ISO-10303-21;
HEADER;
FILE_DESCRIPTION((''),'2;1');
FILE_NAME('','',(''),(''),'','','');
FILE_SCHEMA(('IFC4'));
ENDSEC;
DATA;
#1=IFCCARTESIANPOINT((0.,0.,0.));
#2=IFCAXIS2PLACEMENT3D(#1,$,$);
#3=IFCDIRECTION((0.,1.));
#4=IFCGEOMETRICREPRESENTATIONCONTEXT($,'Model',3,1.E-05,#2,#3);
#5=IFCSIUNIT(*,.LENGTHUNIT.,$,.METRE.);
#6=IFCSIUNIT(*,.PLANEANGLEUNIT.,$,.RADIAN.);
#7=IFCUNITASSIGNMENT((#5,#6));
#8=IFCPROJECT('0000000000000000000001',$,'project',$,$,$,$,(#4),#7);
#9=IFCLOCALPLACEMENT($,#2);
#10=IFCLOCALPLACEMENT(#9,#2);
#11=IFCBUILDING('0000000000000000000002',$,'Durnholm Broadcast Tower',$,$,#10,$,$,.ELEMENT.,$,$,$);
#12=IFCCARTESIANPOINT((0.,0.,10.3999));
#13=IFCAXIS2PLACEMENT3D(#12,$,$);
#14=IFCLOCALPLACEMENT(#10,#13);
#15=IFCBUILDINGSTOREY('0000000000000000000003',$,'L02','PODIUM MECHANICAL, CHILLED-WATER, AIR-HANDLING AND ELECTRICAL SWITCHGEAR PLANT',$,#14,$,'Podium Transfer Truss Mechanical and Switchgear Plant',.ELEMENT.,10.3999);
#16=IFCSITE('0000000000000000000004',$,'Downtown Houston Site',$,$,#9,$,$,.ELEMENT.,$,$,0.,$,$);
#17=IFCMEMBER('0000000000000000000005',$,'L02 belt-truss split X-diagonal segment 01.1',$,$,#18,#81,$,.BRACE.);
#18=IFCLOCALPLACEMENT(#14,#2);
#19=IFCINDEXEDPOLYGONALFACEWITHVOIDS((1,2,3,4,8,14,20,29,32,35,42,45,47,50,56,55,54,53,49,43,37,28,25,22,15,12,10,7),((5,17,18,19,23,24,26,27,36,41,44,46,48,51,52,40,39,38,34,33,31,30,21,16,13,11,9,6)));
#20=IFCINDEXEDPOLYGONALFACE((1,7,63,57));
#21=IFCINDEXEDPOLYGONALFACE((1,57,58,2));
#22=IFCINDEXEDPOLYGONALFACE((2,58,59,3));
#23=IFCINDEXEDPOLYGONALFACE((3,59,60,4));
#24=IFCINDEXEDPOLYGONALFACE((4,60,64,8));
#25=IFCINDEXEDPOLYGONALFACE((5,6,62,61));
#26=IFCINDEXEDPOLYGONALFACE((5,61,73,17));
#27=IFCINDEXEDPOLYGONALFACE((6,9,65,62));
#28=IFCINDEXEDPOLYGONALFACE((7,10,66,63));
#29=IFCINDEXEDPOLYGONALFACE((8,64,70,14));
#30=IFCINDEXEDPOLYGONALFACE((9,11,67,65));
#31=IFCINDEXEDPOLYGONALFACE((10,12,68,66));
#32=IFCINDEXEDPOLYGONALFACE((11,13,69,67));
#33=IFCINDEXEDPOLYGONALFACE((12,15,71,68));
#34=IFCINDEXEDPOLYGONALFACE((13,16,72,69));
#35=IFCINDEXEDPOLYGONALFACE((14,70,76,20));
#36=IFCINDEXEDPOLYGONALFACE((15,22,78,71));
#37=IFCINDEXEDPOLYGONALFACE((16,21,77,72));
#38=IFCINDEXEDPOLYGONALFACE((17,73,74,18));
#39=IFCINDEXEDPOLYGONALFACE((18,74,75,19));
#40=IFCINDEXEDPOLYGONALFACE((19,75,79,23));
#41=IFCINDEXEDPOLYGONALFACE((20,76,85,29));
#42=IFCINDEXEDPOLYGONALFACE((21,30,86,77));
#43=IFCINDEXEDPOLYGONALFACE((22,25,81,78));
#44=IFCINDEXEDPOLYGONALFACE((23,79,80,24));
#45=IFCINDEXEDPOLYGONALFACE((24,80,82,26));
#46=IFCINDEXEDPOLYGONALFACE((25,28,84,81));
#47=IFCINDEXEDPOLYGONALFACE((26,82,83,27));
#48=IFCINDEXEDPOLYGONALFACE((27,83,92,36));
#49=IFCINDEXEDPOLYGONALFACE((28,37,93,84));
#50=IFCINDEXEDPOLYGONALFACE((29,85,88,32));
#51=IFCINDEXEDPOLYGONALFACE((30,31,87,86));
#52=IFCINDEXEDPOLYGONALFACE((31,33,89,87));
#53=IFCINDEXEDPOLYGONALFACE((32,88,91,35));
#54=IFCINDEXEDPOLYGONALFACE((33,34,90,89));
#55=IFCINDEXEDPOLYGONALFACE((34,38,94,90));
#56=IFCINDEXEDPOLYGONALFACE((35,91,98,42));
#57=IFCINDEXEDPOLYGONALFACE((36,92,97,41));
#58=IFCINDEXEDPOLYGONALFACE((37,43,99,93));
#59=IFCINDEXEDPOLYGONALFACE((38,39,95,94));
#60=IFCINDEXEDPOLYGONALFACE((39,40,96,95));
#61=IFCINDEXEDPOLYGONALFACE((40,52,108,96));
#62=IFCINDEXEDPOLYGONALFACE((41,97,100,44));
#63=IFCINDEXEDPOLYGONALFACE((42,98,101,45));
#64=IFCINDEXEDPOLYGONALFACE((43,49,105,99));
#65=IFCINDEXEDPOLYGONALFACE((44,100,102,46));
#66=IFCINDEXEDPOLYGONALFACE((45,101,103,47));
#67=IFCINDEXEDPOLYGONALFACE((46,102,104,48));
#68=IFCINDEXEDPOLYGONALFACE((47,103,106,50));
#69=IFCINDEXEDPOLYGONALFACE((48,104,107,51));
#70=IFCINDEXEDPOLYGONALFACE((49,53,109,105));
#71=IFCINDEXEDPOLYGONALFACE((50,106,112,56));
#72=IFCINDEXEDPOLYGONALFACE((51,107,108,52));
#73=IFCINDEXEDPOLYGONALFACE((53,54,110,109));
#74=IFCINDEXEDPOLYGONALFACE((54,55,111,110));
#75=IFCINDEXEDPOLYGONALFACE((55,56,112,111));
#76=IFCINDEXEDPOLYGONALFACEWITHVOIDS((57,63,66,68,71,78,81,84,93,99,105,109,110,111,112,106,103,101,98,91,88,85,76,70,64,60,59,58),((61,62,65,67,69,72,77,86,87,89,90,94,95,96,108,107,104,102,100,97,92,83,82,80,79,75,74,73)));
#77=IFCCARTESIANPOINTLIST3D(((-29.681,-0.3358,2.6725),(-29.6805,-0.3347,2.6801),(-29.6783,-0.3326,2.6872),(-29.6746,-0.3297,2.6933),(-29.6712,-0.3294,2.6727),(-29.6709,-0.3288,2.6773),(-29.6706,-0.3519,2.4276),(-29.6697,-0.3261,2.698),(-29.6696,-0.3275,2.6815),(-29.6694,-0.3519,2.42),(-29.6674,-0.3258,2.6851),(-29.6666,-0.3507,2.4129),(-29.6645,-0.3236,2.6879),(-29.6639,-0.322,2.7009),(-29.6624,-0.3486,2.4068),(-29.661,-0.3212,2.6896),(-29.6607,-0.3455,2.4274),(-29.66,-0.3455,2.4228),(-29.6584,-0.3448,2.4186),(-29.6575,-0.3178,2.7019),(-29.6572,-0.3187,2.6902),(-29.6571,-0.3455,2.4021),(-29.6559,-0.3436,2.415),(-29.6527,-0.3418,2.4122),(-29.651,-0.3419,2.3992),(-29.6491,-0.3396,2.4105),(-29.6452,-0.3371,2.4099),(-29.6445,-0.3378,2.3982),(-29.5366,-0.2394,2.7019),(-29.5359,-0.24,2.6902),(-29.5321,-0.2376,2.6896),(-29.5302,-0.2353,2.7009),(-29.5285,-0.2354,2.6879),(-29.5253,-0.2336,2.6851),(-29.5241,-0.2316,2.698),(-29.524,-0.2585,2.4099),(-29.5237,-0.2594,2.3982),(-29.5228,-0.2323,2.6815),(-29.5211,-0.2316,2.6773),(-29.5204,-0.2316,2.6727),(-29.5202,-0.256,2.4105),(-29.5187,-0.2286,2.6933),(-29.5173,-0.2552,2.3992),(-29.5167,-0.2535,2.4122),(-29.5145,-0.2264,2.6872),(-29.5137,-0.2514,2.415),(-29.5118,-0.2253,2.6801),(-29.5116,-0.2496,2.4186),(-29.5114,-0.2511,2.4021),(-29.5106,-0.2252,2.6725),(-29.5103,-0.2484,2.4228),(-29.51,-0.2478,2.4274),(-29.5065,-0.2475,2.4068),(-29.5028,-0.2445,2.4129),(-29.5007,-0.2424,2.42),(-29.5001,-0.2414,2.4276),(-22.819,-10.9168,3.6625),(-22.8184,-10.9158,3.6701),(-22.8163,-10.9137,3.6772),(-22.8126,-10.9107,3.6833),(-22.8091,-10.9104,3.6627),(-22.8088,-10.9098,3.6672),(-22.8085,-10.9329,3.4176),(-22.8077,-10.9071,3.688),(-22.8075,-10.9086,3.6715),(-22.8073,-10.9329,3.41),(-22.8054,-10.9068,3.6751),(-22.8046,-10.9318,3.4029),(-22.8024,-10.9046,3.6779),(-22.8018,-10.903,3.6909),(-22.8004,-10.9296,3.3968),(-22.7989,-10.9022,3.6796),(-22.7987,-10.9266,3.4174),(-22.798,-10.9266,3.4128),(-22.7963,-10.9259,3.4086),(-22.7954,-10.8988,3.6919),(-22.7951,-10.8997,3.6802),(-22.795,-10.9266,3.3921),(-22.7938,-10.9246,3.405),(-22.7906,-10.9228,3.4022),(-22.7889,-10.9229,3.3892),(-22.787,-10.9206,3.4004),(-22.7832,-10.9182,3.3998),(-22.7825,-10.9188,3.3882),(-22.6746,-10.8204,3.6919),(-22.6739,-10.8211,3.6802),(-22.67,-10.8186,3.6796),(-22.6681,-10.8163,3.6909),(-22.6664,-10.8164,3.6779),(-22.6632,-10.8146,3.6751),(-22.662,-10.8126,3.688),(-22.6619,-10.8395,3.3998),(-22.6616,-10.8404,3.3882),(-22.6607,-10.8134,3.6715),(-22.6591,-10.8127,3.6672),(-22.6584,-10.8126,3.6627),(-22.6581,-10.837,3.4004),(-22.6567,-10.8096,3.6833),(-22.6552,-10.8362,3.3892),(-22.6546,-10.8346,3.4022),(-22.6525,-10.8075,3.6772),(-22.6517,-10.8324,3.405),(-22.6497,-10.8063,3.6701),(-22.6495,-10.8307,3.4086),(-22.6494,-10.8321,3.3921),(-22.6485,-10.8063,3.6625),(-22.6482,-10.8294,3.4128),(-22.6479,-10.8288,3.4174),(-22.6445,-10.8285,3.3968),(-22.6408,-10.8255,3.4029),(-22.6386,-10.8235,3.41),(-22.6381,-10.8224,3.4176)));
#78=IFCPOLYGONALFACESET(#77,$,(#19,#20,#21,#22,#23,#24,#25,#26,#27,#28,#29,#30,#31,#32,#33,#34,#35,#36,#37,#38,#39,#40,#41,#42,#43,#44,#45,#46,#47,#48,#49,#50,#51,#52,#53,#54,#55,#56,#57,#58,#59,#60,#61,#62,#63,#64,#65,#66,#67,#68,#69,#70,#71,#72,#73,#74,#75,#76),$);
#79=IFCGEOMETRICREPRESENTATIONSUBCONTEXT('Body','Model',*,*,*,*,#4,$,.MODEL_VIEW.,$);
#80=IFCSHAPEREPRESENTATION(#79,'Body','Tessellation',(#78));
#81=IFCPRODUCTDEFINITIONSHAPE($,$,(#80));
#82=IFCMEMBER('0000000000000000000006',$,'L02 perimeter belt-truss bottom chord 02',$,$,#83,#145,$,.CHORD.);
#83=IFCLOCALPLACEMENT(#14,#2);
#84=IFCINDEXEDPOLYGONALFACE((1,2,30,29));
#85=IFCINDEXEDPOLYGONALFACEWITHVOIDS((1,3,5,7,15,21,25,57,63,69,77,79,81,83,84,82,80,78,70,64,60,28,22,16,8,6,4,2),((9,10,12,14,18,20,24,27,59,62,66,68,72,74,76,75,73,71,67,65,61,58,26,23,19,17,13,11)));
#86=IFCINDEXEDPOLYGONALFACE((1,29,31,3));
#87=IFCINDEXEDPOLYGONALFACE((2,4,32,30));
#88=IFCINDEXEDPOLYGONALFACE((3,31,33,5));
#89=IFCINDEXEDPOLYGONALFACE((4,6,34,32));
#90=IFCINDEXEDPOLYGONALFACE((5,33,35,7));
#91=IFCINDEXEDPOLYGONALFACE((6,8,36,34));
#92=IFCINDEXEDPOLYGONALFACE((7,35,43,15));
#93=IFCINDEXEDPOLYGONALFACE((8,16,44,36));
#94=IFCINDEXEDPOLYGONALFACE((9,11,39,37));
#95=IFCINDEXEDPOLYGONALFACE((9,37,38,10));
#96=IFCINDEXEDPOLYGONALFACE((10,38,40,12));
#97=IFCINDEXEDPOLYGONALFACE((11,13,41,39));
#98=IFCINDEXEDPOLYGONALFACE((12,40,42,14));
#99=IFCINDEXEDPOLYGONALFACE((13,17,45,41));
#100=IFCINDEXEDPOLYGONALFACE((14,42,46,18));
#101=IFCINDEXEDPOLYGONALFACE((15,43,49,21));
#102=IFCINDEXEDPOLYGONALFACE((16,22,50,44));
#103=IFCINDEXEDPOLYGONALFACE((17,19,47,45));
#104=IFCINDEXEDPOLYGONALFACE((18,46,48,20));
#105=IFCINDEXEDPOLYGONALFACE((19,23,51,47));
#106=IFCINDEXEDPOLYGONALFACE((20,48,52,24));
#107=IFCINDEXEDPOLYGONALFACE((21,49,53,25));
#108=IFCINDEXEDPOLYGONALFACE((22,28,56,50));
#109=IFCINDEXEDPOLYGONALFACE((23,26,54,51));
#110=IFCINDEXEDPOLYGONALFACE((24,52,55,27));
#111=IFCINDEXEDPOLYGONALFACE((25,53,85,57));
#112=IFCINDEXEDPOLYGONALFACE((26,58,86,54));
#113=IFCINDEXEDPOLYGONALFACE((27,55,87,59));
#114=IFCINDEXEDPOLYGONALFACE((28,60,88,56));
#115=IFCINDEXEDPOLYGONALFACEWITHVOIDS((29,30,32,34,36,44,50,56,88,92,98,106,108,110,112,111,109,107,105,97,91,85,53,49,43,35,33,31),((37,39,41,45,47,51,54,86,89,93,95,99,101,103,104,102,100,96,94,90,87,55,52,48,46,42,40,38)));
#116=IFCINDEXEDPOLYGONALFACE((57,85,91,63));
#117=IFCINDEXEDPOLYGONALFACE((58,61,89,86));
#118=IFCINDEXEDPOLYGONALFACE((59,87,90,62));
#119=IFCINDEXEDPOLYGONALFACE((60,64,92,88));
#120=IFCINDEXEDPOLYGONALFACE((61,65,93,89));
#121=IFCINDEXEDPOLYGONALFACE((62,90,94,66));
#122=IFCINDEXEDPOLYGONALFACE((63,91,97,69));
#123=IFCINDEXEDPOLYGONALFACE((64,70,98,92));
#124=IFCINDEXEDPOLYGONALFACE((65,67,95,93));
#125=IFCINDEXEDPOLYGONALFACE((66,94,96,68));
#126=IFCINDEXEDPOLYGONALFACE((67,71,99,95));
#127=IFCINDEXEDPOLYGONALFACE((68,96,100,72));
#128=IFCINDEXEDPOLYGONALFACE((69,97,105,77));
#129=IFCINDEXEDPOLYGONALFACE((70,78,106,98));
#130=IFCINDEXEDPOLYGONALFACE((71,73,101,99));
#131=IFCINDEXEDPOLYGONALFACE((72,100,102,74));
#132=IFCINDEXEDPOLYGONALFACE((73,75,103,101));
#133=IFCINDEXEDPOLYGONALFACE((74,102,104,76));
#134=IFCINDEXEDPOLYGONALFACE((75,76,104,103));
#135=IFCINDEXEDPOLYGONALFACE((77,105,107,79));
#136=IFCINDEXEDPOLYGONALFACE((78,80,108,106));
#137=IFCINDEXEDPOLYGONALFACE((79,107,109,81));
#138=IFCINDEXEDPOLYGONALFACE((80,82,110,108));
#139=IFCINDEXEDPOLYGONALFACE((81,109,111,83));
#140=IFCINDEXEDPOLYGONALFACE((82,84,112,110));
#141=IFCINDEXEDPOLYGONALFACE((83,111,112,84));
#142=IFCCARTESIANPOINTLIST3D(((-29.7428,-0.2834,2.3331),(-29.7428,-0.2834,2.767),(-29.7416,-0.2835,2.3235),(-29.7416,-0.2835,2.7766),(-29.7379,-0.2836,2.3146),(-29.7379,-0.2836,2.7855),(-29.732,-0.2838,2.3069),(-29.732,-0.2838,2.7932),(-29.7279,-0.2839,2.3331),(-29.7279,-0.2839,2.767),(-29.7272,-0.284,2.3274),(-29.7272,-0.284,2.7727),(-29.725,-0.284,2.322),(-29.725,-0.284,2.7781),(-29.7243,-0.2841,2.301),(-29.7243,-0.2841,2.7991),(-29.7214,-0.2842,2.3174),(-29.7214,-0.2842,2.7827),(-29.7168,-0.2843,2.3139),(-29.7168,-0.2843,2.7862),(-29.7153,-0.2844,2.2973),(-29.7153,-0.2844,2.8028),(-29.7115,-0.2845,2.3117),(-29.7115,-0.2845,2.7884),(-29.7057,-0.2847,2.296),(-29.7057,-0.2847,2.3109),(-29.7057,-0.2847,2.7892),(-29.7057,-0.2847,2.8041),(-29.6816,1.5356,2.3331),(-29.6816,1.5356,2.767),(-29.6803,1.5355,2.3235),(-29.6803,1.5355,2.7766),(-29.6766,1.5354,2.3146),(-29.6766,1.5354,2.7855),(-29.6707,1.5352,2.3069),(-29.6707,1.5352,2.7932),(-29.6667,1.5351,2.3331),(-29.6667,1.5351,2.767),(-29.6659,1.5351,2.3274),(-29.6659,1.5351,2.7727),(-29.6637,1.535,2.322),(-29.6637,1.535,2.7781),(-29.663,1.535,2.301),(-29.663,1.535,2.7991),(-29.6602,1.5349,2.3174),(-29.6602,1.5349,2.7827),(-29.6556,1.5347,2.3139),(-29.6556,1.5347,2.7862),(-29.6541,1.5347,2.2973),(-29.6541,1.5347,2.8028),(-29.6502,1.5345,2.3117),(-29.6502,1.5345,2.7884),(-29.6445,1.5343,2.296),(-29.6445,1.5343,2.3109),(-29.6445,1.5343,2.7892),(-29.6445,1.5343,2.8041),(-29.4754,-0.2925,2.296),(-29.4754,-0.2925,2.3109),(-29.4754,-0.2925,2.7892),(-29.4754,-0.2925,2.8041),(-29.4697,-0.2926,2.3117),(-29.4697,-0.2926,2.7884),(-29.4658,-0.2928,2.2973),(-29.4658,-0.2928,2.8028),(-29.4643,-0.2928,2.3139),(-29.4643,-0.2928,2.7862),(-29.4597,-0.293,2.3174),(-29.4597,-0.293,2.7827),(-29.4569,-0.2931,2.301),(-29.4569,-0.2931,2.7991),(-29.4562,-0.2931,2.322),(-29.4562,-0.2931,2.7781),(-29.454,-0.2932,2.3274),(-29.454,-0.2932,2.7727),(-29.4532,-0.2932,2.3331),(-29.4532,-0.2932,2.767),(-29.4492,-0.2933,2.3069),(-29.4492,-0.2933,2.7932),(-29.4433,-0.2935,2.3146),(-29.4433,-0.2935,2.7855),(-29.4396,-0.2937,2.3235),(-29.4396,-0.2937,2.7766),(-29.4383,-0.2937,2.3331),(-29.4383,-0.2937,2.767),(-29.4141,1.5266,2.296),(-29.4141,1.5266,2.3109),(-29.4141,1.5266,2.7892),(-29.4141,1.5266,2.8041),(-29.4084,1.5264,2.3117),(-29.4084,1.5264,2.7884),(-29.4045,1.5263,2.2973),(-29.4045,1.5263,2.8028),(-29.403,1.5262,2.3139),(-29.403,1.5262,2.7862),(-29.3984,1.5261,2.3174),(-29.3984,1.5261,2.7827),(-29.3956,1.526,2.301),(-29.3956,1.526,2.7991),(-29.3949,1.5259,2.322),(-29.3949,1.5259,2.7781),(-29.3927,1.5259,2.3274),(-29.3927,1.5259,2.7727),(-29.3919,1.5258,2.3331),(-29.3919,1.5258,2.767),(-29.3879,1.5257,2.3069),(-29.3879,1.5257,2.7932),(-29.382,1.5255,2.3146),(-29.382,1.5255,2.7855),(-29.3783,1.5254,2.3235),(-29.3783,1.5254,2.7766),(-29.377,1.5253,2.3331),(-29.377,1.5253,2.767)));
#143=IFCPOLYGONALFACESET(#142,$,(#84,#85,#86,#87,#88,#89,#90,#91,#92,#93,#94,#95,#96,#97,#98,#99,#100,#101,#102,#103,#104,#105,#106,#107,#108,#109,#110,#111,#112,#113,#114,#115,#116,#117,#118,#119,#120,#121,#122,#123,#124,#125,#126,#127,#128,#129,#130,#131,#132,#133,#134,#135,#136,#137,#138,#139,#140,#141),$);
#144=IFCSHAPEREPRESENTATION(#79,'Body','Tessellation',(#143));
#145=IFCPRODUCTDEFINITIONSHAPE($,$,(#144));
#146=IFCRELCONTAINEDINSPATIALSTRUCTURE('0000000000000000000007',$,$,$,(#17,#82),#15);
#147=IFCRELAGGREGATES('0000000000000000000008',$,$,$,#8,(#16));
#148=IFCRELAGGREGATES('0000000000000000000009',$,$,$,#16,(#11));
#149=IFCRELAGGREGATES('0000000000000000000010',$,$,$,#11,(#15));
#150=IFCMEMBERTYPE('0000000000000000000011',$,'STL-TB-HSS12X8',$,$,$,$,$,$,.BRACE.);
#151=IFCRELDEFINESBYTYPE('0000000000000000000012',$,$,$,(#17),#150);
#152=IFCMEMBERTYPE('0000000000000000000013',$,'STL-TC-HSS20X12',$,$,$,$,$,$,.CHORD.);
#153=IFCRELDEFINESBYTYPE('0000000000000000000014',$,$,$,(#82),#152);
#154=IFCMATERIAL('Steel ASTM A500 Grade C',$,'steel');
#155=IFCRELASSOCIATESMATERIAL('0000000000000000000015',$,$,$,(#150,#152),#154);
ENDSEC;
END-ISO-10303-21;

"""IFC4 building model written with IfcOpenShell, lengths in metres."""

from ifc_helpers import new_model, si_unit, direction, frame, origin, origin_2d, place, context, subcontext, project, spatial, hollow_rectangle, extrude, source, transform, mapped, material, material_profile, profile_set, type_object, type_shapes, element, save


model = new_model("IFC4")

# Units and contexts
model_context = context("Model", 3, precision=1e-05, world=origin(), true_north=direction((0.0, 1.0)))
body_context = subcontext(model_context, "Body", "Model", "MODEL_VIEW")
ifc_project = project(units=[si_unit("LENGTHUNIT", "METRE"), si_unit("PLANEANGLEUNIT", "RADIAN")], contexts=[model_context])

# Site, building, storey
site_placement = place(None, origin())
site = spatial("IfcSite", under=ifc_project, at=site_placement, Name="Downtown Houston Site", CompositionType="ELEMENT", RefElevation=0.0)
building_placement = place(site_placement, origin())
building = spatial("IfcBuilding", under=site, at=building_placement, Name="Durnholm Broadcast Tower", CompositionType="ELEMENT")
storey_placement = place(building_placement, frame((0.0, 0.0, 10.3999)))
storey = spatial("IfcBuildingStorey", under=building, at=storey_placement, Name="L02", Description="PODIUM MECHANICAL, CHILLED-WATER, AIR-HANDLING AND ELECTRICAL SWITCHGEAR PLANT", LongName="Podium Transfer Truss Mechanical and Switchgear Plant", CompositionType="ELEMENT", Elevation=10.3999)

# Members
ifc_material_1 = material(Name="Steel ASTM A500 Grade C", Category="steel")
ifc_material_profile_1 = material_profile(ifc_material_1, hollow_rectangle(XDim=0.2031, YDim=0.3047, WallThickness=0.0117, InnerFilletRadius=0.0176, OuterFilletRadius=0.0295, at=origin_2d()), Name="HSS12X8X1/2")
ifc_profile_set_1 = profile_set([ifc_material_profile_1], Name="Steel ASTM A500 Grade C")
member_type_1 = type_object("IfcMemberType", Name="STL-TB-HSS12X8", PredefinedType="BRACE", material=ifc_profile_set_1)
shared_shape_1 = source(origin(), body_context, "Body", "SweptSolid", [
    extrude(hollow_rectangle(XDim=0.2031, YDim=0.3047, WallThickness=0.0117, InnerFilletRadius=0.0176, OuterFilletRadius=0.0295, at=origin_2d()), origin(), (0.0, 0.0, 1.0), 12.6501),
])
type_shapes(member_type_1, [shared_shape_1])
member_1_placement = place(storey_placement, frame((-29.5906, -0.2886, 2.55), z_axis=(0.542448, -0.836436, 0.078259), x_axis=(0.839009, 0.544117, 0.0)))
element("IfcMember", 1, at=member_1_placement, inside=storey, type_object=member_type_1, Name="L02 belt-truss split X-diagonal segment 01.1", PredefinedType="BRACE", context=body_context, shape_type="MappedRepresentation", body=[
    mapped(shared_shape_1, transform((0.0, 0.0, 0.0), x_axis=(1.0, 0.0, 0.0), y_axis=(0.0, 1.0, 0.0), z_axis=(0.0, 0.0, 1.0), scale=1.0)),
])
ifc_material_profile_2 = material_profile(ifc_material_1, hollow_rectangle(XDim=0.3047, YDim=0.5081, WallThickness=0.0149, InnerFilletRadius=0.0222, OuterFilletRadius=0.0371, at=origin_2d()), Name="HSS20X12X5/8")
ifc_profile_set_2 = profile_set([ifc_material_profile_2], Name="Steel ASTM A500 Grade C")
member_type_2 = type_object("IfcMemberType", Name="STL-TC-HSS20X12", PredefinedType="CHORD", material=ifc_profile_set_2)
shared_shape_2 = source(origin(), body_context, "Body", "SweptSolid", [
    extrude(hollow_rectangle(XDim=0.3047, YDim=0.5081, WallThickness=0.0149, InnerFilletRadius=0.0222, OuterFilletRadius=0.0371, at=origin_2d()), origin(), (0.0, 0.0, 1.0), 1.8201),
])
type_shapes(member_type_2, [shared_shape_2])
member_2_placement = place(storey_placement, frame((-29.5906, -0.2886, 2.55), z_axis=(0.033668, 0.999433, 0.0), x_axis=(-0.999433, 0.033668, 0.0)))
element("IfcMember", 2, at=member_2_placement, inside=storey, type_object=member_type_2, Name="L02 perimeter belt-truss bottom chord 02", PredefinedType="CHORD", context=body_context, shape_type="MappedRepresentation", body=[
    mapped(shared_shape_2, transform((0.0, 0.0, 0.0), x_axis=(1.0, 0.0, 0.0), y_axis=(0.0, 1.0, 0.0), z_axis=(0.0, 0.0, 1.0), scale=1.0)),
])

save(model, "model.ifc")
